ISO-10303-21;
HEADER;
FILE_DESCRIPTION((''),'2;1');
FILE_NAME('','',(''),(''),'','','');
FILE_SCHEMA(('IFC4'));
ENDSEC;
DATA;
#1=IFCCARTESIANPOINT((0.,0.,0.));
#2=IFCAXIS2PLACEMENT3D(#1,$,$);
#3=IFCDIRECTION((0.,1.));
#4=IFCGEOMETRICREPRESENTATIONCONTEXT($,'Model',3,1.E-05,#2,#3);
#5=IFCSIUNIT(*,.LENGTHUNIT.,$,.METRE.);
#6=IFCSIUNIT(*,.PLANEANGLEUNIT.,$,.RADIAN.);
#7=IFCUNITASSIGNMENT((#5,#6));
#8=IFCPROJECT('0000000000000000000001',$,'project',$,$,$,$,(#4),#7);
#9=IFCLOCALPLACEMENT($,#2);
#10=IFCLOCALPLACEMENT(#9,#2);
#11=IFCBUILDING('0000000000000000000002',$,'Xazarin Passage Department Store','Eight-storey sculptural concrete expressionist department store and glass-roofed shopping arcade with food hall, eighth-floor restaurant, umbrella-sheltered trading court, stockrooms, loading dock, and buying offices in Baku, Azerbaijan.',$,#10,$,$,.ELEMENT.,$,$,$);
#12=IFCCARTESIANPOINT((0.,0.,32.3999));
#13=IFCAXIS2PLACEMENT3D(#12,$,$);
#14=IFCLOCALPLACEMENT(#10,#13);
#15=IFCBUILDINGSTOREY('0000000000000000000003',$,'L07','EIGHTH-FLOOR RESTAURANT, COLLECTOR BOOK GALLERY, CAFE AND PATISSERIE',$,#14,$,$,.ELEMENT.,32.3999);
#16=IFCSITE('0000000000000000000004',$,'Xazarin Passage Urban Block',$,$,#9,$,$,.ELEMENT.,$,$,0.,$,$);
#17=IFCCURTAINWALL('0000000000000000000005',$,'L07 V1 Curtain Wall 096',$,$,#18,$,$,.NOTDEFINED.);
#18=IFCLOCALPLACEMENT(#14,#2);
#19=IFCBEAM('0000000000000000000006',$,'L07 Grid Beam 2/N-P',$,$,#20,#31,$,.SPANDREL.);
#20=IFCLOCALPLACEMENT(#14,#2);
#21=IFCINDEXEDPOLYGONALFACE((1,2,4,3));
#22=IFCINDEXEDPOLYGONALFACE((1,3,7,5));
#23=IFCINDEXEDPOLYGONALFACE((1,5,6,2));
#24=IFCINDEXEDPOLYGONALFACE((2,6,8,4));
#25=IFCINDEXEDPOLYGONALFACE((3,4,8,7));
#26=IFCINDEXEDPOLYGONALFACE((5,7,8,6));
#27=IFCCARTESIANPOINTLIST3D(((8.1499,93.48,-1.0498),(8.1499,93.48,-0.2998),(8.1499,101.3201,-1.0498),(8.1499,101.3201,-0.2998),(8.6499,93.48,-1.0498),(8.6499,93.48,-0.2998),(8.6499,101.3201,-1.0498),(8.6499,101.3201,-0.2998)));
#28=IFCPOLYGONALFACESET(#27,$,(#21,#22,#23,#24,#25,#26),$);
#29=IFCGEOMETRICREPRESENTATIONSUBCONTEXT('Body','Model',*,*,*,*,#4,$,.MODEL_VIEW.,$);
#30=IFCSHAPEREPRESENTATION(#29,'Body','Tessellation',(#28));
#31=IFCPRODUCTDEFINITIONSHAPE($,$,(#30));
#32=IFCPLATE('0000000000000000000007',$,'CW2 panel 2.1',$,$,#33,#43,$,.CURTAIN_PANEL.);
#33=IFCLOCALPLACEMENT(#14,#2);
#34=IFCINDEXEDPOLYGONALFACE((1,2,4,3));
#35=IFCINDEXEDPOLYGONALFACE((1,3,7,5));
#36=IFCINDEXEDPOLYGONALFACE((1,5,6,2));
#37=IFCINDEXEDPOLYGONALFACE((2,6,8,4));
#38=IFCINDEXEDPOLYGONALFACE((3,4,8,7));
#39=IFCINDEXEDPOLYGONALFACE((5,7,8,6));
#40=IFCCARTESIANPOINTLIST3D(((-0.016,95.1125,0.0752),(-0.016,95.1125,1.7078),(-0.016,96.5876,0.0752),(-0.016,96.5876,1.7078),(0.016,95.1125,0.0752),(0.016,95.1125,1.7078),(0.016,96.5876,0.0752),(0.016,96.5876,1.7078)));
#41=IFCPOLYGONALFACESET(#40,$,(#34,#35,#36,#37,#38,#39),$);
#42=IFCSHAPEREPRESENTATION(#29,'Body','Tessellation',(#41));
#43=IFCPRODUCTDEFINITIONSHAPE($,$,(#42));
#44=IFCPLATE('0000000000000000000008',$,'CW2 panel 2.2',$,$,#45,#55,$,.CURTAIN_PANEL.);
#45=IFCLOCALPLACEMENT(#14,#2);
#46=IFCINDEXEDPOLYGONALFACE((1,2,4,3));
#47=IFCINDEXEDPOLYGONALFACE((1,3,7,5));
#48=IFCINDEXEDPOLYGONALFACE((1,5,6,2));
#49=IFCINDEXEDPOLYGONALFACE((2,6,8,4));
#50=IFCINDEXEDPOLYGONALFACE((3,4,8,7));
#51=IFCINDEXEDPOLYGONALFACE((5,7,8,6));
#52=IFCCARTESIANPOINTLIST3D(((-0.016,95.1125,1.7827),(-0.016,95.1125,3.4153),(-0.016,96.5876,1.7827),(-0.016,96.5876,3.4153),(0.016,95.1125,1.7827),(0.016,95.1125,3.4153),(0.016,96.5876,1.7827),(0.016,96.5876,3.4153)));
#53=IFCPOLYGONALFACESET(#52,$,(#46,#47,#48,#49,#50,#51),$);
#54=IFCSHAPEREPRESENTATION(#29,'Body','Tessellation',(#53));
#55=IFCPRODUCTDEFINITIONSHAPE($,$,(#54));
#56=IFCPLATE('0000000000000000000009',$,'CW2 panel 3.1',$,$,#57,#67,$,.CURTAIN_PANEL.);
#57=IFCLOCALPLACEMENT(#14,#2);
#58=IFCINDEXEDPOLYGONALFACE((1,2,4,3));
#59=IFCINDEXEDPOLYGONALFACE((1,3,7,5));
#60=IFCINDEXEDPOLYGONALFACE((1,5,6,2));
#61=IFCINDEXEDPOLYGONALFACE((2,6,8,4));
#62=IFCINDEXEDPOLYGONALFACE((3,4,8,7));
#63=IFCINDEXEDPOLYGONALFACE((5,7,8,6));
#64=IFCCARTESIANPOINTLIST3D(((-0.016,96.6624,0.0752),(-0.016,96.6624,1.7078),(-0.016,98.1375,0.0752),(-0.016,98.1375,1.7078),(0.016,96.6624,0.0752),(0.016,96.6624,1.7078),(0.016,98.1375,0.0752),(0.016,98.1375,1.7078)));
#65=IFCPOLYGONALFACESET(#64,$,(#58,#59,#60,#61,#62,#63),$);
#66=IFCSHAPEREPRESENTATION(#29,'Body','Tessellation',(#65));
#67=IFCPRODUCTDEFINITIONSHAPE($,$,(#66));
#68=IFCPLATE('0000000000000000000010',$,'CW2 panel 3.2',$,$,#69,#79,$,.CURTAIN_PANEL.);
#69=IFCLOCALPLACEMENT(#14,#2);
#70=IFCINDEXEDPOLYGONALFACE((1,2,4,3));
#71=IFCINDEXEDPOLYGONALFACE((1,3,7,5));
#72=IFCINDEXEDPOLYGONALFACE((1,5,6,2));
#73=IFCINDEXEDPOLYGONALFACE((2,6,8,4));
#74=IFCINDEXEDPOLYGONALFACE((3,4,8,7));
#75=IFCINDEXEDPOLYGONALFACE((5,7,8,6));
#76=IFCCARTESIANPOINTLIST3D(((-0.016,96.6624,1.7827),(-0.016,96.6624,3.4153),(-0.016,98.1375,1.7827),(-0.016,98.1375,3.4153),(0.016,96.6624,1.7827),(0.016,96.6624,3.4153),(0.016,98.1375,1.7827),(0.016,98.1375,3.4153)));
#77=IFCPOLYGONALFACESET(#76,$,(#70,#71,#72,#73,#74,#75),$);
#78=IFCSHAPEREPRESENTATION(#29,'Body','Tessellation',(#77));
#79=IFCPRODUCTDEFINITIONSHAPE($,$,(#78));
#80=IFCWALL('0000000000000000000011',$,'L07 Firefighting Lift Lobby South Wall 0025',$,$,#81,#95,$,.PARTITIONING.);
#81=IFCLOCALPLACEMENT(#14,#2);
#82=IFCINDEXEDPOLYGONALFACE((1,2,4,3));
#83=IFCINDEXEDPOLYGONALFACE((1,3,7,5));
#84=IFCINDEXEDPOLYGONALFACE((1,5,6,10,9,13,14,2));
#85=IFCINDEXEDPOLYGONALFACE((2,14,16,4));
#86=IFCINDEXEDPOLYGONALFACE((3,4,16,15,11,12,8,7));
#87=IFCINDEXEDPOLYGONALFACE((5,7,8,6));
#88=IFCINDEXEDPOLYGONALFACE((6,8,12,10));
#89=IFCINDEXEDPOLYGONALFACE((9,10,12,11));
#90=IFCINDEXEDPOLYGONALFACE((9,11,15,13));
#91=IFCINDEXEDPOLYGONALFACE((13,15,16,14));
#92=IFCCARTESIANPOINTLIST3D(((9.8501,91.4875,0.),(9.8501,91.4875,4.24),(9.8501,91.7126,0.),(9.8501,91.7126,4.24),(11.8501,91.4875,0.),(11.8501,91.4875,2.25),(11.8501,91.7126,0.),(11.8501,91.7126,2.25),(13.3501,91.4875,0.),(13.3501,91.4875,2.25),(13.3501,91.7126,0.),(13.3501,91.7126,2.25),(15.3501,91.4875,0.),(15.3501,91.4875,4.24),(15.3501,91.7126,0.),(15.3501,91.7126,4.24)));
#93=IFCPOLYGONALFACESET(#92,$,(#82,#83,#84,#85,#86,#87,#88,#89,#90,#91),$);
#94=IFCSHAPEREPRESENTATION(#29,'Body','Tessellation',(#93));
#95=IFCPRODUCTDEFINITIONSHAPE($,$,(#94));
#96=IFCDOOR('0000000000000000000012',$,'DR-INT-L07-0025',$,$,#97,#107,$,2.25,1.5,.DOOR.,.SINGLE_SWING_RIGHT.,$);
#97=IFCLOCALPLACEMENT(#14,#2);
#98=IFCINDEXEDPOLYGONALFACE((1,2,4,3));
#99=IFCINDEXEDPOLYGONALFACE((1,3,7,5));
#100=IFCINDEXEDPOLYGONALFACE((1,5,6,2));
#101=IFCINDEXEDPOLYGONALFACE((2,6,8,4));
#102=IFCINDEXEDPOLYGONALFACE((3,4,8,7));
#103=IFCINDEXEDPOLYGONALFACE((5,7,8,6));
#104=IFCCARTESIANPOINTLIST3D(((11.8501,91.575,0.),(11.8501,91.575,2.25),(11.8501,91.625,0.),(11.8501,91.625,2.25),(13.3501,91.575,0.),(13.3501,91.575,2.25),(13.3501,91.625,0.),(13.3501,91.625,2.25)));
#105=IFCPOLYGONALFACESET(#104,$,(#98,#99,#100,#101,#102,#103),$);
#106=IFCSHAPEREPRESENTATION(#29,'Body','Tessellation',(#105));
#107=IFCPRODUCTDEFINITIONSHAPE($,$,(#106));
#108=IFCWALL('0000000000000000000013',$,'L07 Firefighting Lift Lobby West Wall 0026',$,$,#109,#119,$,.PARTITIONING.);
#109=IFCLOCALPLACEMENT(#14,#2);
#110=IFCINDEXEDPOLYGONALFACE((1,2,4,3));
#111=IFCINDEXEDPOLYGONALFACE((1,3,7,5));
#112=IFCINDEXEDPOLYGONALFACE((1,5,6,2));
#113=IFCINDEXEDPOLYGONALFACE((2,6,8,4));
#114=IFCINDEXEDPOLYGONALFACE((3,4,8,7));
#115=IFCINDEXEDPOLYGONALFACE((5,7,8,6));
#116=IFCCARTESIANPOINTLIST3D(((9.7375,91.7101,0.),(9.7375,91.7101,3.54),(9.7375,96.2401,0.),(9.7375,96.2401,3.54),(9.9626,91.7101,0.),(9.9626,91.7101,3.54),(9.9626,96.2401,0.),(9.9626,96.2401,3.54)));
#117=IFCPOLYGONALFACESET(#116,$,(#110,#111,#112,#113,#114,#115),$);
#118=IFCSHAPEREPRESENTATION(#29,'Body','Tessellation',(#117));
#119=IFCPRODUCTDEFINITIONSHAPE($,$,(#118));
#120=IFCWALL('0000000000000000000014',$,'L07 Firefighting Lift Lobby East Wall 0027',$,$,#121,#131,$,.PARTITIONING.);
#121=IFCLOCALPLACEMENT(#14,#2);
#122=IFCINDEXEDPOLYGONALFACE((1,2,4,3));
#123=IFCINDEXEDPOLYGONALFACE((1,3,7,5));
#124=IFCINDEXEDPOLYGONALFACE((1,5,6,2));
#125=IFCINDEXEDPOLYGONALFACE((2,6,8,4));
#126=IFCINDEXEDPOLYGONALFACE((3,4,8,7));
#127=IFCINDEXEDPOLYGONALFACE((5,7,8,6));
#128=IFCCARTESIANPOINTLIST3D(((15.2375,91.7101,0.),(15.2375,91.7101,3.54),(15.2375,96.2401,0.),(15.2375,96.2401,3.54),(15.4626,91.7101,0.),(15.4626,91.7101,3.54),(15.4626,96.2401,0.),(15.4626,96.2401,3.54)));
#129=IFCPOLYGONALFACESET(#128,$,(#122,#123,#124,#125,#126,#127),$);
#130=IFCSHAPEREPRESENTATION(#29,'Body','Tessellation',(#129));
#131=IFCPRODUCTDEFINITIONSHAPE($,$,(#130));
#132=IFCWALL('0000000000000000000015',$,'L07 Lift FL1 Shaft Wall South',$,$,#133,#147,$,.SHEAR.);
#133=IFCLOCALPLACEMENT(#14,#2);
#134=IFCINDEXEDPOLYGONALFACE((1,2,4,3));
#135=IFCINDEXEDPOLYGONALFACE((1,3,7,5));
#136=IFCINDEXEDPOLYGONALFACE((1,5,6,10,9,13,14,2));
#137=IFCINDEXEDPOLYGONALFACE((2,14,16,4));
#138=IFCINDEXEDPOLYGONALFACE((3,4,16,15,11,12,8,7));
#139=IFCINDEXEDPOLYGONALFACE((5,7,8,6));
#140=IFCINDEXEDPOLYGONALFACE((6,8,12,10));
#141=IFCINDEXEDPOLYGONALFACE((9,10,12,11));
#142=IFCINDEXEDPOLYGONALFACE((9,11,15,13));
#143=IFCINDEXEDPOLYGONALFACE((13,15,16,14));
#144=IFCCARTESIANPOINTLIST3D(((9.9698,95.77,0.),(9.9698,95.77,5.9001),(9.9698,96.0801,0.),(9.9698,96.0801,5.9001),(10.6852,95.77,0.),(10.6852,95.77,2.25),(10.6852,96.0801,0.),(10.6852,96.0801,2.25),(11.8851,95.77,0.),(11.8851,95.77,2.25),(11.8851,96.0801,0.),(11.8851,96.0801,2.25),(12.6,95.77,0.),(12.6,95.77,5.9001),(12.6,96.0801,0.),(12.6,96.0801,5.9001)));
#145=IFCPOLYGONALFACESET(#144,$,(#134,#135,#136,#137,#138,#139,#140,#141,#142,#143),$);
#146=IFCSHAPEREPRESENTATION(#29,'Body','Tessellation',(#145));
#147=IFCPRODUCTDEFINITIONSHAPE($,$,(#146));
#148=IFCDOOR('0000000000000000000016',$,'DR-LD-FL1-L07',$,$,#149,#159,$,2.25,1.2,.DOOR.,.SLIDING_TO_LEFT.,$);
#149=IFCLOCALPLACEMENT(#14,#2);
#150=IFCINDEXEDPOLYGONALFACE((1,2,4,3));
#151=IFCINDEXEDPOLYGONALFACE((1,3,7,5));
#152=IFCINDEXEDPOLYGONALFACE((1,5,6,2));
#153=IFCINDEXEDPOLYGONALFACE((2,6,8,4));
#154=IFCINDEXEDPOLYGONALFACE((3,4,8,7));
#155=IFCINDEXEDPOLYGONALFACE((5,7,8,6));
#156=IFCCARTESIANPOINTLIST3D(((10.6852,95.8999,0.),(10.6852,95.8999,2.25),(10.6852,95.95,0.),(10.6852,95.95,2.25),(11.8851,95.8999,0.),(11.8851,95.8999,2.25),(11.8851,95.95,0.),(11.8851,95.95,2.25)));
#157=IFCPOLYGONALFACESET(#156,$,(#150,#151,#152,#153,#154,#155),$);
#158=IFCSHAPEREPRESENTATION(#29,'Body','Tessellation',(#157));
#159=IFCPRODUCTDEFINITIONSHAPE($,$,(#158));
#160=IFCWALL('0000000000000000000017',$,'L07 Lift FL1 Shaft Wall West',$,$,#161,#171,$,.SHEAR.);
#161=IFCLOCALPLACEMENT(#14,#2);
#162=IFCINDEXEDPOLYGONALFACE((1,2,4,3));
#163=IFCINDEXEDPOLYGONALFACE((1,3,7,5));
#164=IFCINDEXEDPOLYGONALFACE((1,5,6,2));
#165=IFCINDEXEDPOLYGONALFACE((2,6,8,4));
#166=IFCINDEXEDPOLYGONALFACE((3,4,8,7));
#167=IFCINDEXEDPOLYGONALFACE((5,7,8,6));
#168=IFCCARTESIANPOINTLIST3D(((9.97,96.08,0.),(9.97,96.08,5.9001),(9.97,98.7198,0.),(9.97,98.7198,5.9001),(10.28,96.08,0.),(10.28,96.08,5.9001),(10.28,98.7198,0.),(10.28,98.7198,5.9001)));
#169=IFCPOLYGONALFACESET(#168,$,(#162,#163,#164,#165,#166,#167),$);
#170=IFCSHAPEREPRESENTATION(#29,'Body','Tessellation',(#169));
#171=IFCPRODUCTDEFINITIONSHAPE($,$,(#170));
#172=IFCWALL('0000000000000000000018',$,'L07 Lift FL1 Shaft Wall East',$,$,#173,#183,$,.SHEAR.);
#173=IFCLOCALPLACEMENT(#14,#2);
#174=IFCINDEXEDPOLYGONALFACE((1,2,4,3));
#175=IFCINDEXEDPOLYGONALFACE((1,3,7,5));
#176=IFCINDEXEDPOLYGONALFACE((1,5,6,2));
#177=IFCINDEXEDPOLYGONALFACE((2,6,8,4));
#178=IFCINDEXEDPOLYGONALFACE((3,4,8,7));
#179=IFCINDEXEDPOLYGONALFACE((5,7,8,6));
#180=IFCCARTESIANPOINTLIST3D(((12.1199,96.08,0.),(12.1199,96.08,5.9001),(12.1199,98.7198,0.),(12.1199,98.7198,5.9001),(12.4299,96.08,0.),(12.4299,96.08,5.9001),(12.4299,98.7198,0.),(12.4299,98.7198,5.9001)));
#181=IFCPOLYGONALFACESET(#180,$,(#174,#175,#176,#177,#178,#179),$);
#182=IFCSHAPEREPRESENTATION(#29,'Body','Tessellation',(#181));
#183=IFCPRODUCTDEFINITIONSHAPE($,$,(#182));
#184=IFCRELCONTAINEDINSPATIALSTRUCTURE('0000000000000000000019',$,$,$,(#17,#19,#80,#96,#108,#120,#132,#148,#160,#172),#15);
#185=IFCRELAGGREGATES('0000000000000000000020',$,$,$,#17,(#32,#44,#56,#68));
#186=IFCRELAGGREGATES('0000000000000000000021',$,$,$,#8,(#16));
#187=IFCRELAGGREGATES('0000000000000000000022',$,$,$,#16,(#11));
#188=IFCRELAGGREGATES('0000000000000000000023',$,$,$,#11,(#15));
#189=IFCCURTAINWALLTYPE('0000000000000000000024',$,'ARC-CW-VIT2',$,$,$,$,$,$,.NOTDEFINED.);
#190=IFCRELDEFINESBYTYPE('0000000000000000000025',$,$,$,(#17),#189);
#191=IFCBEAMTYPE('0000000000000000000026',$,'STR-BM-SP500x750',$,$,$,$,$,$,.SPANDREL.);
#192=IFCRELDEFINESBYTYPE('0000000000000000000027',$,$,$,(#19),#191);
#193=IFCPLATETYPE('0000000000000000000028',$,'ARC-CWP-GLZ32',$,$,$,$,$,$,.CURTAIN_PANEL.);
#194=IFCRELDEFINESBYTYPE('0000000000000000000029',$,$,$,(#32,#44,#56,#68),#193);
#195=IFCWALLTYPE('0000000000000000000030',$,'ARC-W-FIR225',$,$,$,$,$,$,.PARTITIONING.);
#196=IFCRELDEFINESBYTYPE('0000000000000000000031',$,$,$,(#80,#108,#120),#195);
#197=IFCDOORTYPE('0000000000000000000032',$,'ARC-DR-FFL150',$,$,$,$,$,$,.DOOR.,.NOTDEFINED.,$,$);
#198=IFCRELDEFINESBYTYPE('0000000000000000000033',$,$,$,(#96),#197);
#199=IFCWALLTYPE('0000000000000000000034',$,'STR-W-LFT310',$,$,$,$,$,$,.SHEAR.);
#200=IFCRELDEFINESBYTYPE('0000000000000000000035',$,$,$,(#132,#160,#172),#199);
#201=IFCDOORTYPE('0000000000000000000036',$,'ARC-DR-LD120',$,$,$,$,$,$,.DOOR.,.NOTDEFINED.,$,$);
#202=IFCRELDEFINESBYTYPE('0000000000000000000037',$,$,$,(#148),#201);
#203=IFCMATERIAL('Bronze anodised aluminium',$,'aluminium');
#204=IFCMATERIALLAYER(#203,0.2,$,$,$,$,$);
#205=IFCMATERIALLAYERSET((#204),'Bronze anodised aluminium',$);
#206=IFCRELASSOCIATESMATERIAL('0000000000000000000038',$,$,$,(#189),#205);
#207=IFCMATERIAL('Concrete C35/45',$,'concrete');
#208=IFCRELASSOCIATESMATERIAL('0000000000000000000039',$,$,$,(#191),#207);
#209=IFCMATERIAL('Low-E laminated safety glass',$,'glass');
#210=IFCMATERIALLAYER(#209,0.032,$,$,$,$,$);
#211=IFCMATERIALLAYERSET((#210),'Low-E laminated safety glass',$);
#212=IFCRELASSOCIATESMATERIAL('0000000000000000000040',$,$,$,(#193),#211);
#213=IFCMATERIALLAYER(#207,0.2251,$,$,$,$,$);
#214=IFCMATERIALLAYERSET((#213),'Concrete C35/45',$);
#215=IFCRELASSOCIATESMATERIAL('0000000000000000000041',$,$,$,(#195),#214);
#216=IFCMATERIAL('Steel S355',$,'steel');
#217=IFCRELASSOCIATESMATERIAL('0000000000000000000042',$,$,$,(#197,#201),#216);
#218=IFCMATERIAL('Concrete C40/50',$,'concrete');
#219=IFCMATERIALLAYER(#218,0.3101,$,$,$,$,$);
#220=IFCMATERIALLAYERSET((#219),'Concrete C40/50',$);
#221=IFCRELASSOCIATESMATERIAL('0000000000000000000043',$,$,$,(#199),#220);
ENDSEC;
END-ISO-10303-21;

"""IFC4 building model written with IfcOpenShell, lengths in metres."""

from ifc_helpers import new_model, si_unit, direction, frame, frame_2d, origin, origin_2d, place, context, subcontext, project, spatial, rectangle, extrude, material, layer, layer_set, material_profile, profile_set, type_object, element, fill, aggregate, save


model = new_model("IFC4")

# Units and contexts
model_context = context("Model", 3, precision=1e-05, world=origin(), true_north=direction((0.0, 1.0)))
body_context = subcontext(model_context, "Body", "Model", "MODEL_VIEW")
ifc_project = project(units=[si_unit("LENGTHUNIT", "METRE"), si_unit("PLANEANGLEUNIT", "RADIAN")], contexts=[model_context])

# Site, building, storey
site_placement = place(None, origin())
site = spatial("IfcSite", under=ifc_project, at=site_placement, Name="Xazarin Passage Urban Block", CompositionType="ELEMENT", RefElevation=0.0)
building_placement = place(site_placement, origin())
building = spatial("IfcBuilding", under=site, at=building_placement, Name="Xazarin Passage Department Store", Description="Eight-storey sculptural concrete expressionist department store and glass-roofed shopping arcade with food hall, eighth-floor restaurant, umbrella-sheltered trading court, stockrooms, loading dock, and buying offices in Baku, Azerbaijan.", CompositionType="ELEMENT")
storey_placement = place(building_placement, frame((0.0, 0.0, 32.3999)))
storey = spatial("IfcBuildingStorey", under=building, at=storey_placement, Name="L07", Description="EIGHTH-FLOOR RESTAURANT, COLLECTOR BOOK GALLERY, CAFE AND PATISSERIE", CompositionType="ELEMENT", Elevation=32.3999)

# Shared definitions
ifc_material_1 = material(Name="Concrete C40/50", Category="concrete")

# Curtain wall
ifc_material_2 = material(Name="Bronze anodised aluminium", Category="aluminium")
ifc_layer_1 = layer(ifc_material_2, 0.2)
ifc_layer_set_1 = layer_set([ifc_layer_1], Name="Bronze anodised aluminium")
curtain_wall_type = type_object("IfcCurtainWallType", Name="ARC-CW-VIT2", PredefinedType="NOTDEFINED", material=ifc_layer_set_1)
curtain_wall_placement = place(storey_placement, origin())
curtain_wall = element("IfcCurtainWall", 1, at=curtain_wall_placement, inside=storey, type_object=curtain_wall_type, Name="L07 V1 Curtain Wall 096", PredefinedType="NOTDEFINED")

# Beam
ifc_material_3 = material(Name="Concrete C35/45", Category="concrete")
ifc_material_profile_1 = material_profile(ifc_material_3, rectangle(XDim=0.5, YDim=0.75, at=origin_2d()), Name="RC 500x750")
ifc_profile_set_1 = profile_set([ifc_material_profile_1], Name="Concrete C35/45")
beam_type_1 = type_object("IfcBeamType", Name="STR-BM-SP500x750", PredefinedType="SPANDREL", material=ifc_profile_set_1)
beam_placement = place(storey_placement, frame((8.3999, 93.48, -0.6748), z_axis=(0.0, 1.0, 0.0), x_axis=(-1.0, 0.0, 0.0)))
element("IfcBeam", 2, at=beam_placement, inside=storey, type_object=beam_type_1, Name="L07 Grid Beam 2/N-P", PredefinedType="SPANDREL", context=body_context, shape_type="SweptSolid", body=[
    extrude(rectangle(XDim=0.5, YDim=0.75, at=origin_2d()), origin(), (0.0, 0.0, 1.0), 7.8401),
])

# Plates
ifc_material_4 = material(Name="Low-E laminated safety glass", Category="glass")
ifc_layer_2 = layer(ifc_material_4, 0.032)
ifc_layer_set_2 = layer_set([ifc_layer_2], Name="Low-E laminated safety glass")
plate_type = type_object("IfcPlateType", Name="ARC-CWP-GLZ32", PredefinedType="CURTAIN_PANEL", material=ifc_layer_set_2)
plate_1_placement = place(storey_placement, frame((0.0, 95.8501, 0.0752), z_axis=(0.0, 0.0, 1.0), x_axis=(0.0, 1.0, 0.0)))
plate_1 = element("IfcPlate", 3, at=plate_1_placement, type_object=plate_type, Name="CW2 panel 2.1", PredefinedType="CURTAIN_PANEL", context=body_context, shape_type="SweptSolid", body=[
    extrude(rectangle(XDim=1.4751, YDim=0.032, at=origin_2d()), origin(), (0.0, 0.0, 1.0), 1.6326),
])
plate_2_placement = place(storey_placement, frame((0.0, 95.8501, 1.7827), z_axis=(0.0, 0.0, 1.0), x_axis=(0.0, 1.0, 0.0)))
plate_2 = element("IfcPlate", 4, at=plate_2_placement, type_object=plate_type, Name="CW2 panel 2.2", PredefinedType="CURTAIN_PANEL", context=body_context, shape_type="SweptSolid", body=[
    extrude(rectangle(XDim=1.4751, YDim=0.032, at=origin_2d()), origin(), (0.0, 0.0, 1.0), 1.6326),
])
plate_3_placement = place(storey_placement, frame((0.0, 97.3999, 0.0752), z_axis=(0.0, 0.0, 1.0), x_axis=(0.0, 1.0, 0.0)))
plate_3 = element("IfcPlate", 5, at=plate_3_placement, type_object=plate_type, Name="CW2 panel 3.1", PredefinedType="CURTAIN_PANEL", context=body_context, shape_type="SweptSolid", body=[
    extrude(rectangle(XDim=1.4751, YDim=0.032, at=origin_2d()), origin(), (0.0, 0.0, 1.0), 1.6326),
])
plate_4_placement = place(storey_placement, frame((0.0, 97.3999, 1.7827), z_axis=(0.0, 0.0, 1.0), x_axis=(0.0, 1.0, 0.0)))
plate_4 = element("IfcPlate", 6, at=plate_4_placement, type_object=plate_type, Name="CW2 panel 3.2", PredefinedType="CURTAIN_PANEL", context=body_context, shape_type="SweptSolid", body=[
    extrude(rectangle(XDim=1.4751, YDim=0.032, at=origin_2d()), origin(), (0.0, 0.0, 1.0), 1.6326),
])
aggregate(curtain_wall, [plate_1, plate_2, plate_3, plate_4])

# Wall, opening, door
ifc_layer_3 = layer(ifc_material_3, 0.2251)
ifc_layer_set_3 = layer_set([ifc_layer_3], Name="Concrete C35/45")
wall_type_1 = type_object("IfcWallType", Name="ARC-W-FIR225", PredefinedType="PARTITIONING", material=ifc_layer_set_3)
wall_1_placement = place(storey_placement, frame((9.8501, 91.6001, 0.0), z_axis=(0.0, 0.0, 1.0), x_axis=(1.0, 0.0, 0.0)))
wall_1 = element("IfcWall", 7, at=wall_1_placement, inside=storey, type_object=wall_type_1, Name="L07 Firefighting Lift Lobby South Wall 0025", PredefinedType="PARTITIONING", context=body_context, shape_type="SweptSolid", body=[
    extrude(rectangle(XDim=5.5, YDim=0.2251, at=frame_2d((2.75, 0.0))), origin(), (0.0, 0.0, 1.0), 4.24),
])
opening_1_placement = place(wall_1_placement, frame((2.0, 0.0, 0.0)))
opening_1 = element("IfcOpeningElement", 8, at=opening_1_placement, cuts=wall_1, PredefinedType="OPENING", context=body_context, shape_type="SweptSolid", body=[
    extrude(rectangle(XDim=1.5, YDim=2.25, at=frame_2d((0.75, 1.125))), frame((0.0, 0.1226, 0.0), z_axis=(0.0, -1.0, 0.0), x_axis=(1.0, 0.0, 0.0)), (0.0, 0.0, 1.0), 0.2451),
])
ifc_material_5 = material(Name="Steel S355", Category="steel")
door_type_1 = type_object("IfcDoorType", Name="ARC-DR-FFL150", OperationType="NOTDEFINED", PredefinedType="DOOR", material=ifc_material_5)
door_1_placement = place(opening_1_placement, origin())
door_1 = element("IfcDoor", 9, at=door_1_placement, inside=storey, type_object=door_type_1, Name="DR-INT-L07-0025", OperationType="SINGLE_SWING_RIGHT", OverallHeight=2.25, OverallWidth=1.5, PredefinedType="DOOR", context=body_context, shape_type="SweptSolid", body=[
    extrude(rectangle(XDim=1.5, YDim=2.25, at=frame_2d((0.75, 1.125))), frame((0.0, 0.0249, 0.0), z_axis=(0.0, -1.0, 0.0), x_axis=(1.0, 0.0, 0.0)), (0.0, 0.0, 1.0), 0.05),
])
fill(opening_1, door_1)

# Walls
for number, where, z_axis, x_axis, name in (
    (10, (9.8501, 91.71, 0.0), (0.0, 0.0, 1.0), (0.0, 1.0, 0.0), "L07 Firefighting Lift Lobby West Wall 0026"),
    (11, (15.3501, 91.71, 0.0), (0.0, 0.0, 1.0), (0.0, 1.0, 0.0), "L07 Firefighting Lift Lobby East Wall 0027"),
):
    element("IfcWall", number, at=place(storey_placement, frame(where, z_axis=z_axis, x_axis=x_axis)), inside=storey, type_object=wall_type_1, Name=name, PredefinedType="PARTITIONING", context=body_context, shape_type="SweptSolid", body=[
        extrude(rectangle(XDim=4.53, YDim=0.2251, at=frame_2d((2.2651, 0.0))), origin(), (0.0, 0.0, 1.0), 3.54),
    ])

# Wall, opening, door
ifc_layer_4 = layer(ifc_material_1, 0.3101)
ifc_layer_set_4 = layer_set([ifc_layer_4], Name="Concrete C40/50")
wall_type_2 = type_object("IfcWallType", Name="STR-W-LFT310", PredefinedType="SHEAR", material=ifc_layer_set_4)
wall_2_placement = place(storey_placement, frame((9.97, 95.925, 0.0), z_axis=(0.0, 0.0, 1.0), x_axis=(1.0, 0.0, 0.0)))
wall_2 = element("IfcWall", 12, at=wall_2_placement, inside=storey, type_object=wall_type_2, Name="L07 Lift FL1 Shaft Wall South", PredefinedType="SHEAR", context=body_context, shape_type="SweptSolid", body=[
    extrude(rectangle(XDim=2.6301, YDim=0.3101, at=frame_2d((1.3149, 0.0))), origin(), (0.0, 0.0, 1.0), 5.9001),
])
opening_2_placement = place(wall_2_placement, frame((0.7151, 0.0, 0.0)))
opening_2 = element("IfcOpeningElement", 13, at=opening_2_placement, cuts=wall_2, PredefinedType="OPENING", context=body_context, shape_type="SweptSolid", body=[
    extrude(rectangle(XDim=1.2, YDim=2.25, at=frame_2d((0.6001, 1.125))), frame((0.0, 0.165, 0.0), z_axis=(0.0, -1.0, 0.0), x_axis=(1.0, 0.0, 0.0)), (0.0, 0.0, 1.0), 0.3301),
])
door_type_2 = type_object("IfcDoorType", Name="ARC-DR-LD120", OperationType="NOTDEFINED", PredefinedType="DOOR", material=ifc_material_5)
door_2_placement = place(opening_2_placement, origin())
door_2 = element("IfcDoor", 14, at=door_2_placement, inside=storey, type_object=door_type_2, Name="DR-LD-FL1-L07", OperationType="SLIDING_TO_LEFT", OverallHeight=2.25, OverallWidth=1.2, PredefinedType="DOOR", context=body_context, shape_type="SweptSolid", body=[
    extrude(rectangle(XDim=1.2, YDim=2.25, at=frame_2d((0.6001, 1.125))), frame((0.0, 0.0249, 0.0), z_axis=(0.0, -1.0, 0.0), x_axis=(1.0, 0.0, 0.0)), (0.0, 0.0, 1.0), 0.05),
])
fill(opening_2, door_2)

# Walls
for number, where, z_axis, x_axis, name in (
    (15, (10.125, 96.0801, 0.0), (0.0, 0.0, 1.0), (0.0, 1.0, 0.0), "L07 Lift FL1 Shaft Wall West"),
    (16, (12.2749, 96.0801, 0.0), (0.0, 0.0, 1.0), (0.0, 1.0, 0.0), "L07 Lift FL1 Shaft Wall East"),
):
    element("IfcWall", number, at=place(storey_placement, frame(where, z_axis=z_axis, x_axis=x_axis)), inside=storey, type_object=wall_type_2, Name=name, PredefinedType="SHEAR", context=body_context, shape_type="SweptSolid", body=[
        extrude(rectangle(XDim=2.6399, YDim=0.3101, at=frame_2d((1.3198, 0.0))), origin(), (0.0, 0.0, 1.0), 5.9001),
    ])

save(model, "model.ifc")
